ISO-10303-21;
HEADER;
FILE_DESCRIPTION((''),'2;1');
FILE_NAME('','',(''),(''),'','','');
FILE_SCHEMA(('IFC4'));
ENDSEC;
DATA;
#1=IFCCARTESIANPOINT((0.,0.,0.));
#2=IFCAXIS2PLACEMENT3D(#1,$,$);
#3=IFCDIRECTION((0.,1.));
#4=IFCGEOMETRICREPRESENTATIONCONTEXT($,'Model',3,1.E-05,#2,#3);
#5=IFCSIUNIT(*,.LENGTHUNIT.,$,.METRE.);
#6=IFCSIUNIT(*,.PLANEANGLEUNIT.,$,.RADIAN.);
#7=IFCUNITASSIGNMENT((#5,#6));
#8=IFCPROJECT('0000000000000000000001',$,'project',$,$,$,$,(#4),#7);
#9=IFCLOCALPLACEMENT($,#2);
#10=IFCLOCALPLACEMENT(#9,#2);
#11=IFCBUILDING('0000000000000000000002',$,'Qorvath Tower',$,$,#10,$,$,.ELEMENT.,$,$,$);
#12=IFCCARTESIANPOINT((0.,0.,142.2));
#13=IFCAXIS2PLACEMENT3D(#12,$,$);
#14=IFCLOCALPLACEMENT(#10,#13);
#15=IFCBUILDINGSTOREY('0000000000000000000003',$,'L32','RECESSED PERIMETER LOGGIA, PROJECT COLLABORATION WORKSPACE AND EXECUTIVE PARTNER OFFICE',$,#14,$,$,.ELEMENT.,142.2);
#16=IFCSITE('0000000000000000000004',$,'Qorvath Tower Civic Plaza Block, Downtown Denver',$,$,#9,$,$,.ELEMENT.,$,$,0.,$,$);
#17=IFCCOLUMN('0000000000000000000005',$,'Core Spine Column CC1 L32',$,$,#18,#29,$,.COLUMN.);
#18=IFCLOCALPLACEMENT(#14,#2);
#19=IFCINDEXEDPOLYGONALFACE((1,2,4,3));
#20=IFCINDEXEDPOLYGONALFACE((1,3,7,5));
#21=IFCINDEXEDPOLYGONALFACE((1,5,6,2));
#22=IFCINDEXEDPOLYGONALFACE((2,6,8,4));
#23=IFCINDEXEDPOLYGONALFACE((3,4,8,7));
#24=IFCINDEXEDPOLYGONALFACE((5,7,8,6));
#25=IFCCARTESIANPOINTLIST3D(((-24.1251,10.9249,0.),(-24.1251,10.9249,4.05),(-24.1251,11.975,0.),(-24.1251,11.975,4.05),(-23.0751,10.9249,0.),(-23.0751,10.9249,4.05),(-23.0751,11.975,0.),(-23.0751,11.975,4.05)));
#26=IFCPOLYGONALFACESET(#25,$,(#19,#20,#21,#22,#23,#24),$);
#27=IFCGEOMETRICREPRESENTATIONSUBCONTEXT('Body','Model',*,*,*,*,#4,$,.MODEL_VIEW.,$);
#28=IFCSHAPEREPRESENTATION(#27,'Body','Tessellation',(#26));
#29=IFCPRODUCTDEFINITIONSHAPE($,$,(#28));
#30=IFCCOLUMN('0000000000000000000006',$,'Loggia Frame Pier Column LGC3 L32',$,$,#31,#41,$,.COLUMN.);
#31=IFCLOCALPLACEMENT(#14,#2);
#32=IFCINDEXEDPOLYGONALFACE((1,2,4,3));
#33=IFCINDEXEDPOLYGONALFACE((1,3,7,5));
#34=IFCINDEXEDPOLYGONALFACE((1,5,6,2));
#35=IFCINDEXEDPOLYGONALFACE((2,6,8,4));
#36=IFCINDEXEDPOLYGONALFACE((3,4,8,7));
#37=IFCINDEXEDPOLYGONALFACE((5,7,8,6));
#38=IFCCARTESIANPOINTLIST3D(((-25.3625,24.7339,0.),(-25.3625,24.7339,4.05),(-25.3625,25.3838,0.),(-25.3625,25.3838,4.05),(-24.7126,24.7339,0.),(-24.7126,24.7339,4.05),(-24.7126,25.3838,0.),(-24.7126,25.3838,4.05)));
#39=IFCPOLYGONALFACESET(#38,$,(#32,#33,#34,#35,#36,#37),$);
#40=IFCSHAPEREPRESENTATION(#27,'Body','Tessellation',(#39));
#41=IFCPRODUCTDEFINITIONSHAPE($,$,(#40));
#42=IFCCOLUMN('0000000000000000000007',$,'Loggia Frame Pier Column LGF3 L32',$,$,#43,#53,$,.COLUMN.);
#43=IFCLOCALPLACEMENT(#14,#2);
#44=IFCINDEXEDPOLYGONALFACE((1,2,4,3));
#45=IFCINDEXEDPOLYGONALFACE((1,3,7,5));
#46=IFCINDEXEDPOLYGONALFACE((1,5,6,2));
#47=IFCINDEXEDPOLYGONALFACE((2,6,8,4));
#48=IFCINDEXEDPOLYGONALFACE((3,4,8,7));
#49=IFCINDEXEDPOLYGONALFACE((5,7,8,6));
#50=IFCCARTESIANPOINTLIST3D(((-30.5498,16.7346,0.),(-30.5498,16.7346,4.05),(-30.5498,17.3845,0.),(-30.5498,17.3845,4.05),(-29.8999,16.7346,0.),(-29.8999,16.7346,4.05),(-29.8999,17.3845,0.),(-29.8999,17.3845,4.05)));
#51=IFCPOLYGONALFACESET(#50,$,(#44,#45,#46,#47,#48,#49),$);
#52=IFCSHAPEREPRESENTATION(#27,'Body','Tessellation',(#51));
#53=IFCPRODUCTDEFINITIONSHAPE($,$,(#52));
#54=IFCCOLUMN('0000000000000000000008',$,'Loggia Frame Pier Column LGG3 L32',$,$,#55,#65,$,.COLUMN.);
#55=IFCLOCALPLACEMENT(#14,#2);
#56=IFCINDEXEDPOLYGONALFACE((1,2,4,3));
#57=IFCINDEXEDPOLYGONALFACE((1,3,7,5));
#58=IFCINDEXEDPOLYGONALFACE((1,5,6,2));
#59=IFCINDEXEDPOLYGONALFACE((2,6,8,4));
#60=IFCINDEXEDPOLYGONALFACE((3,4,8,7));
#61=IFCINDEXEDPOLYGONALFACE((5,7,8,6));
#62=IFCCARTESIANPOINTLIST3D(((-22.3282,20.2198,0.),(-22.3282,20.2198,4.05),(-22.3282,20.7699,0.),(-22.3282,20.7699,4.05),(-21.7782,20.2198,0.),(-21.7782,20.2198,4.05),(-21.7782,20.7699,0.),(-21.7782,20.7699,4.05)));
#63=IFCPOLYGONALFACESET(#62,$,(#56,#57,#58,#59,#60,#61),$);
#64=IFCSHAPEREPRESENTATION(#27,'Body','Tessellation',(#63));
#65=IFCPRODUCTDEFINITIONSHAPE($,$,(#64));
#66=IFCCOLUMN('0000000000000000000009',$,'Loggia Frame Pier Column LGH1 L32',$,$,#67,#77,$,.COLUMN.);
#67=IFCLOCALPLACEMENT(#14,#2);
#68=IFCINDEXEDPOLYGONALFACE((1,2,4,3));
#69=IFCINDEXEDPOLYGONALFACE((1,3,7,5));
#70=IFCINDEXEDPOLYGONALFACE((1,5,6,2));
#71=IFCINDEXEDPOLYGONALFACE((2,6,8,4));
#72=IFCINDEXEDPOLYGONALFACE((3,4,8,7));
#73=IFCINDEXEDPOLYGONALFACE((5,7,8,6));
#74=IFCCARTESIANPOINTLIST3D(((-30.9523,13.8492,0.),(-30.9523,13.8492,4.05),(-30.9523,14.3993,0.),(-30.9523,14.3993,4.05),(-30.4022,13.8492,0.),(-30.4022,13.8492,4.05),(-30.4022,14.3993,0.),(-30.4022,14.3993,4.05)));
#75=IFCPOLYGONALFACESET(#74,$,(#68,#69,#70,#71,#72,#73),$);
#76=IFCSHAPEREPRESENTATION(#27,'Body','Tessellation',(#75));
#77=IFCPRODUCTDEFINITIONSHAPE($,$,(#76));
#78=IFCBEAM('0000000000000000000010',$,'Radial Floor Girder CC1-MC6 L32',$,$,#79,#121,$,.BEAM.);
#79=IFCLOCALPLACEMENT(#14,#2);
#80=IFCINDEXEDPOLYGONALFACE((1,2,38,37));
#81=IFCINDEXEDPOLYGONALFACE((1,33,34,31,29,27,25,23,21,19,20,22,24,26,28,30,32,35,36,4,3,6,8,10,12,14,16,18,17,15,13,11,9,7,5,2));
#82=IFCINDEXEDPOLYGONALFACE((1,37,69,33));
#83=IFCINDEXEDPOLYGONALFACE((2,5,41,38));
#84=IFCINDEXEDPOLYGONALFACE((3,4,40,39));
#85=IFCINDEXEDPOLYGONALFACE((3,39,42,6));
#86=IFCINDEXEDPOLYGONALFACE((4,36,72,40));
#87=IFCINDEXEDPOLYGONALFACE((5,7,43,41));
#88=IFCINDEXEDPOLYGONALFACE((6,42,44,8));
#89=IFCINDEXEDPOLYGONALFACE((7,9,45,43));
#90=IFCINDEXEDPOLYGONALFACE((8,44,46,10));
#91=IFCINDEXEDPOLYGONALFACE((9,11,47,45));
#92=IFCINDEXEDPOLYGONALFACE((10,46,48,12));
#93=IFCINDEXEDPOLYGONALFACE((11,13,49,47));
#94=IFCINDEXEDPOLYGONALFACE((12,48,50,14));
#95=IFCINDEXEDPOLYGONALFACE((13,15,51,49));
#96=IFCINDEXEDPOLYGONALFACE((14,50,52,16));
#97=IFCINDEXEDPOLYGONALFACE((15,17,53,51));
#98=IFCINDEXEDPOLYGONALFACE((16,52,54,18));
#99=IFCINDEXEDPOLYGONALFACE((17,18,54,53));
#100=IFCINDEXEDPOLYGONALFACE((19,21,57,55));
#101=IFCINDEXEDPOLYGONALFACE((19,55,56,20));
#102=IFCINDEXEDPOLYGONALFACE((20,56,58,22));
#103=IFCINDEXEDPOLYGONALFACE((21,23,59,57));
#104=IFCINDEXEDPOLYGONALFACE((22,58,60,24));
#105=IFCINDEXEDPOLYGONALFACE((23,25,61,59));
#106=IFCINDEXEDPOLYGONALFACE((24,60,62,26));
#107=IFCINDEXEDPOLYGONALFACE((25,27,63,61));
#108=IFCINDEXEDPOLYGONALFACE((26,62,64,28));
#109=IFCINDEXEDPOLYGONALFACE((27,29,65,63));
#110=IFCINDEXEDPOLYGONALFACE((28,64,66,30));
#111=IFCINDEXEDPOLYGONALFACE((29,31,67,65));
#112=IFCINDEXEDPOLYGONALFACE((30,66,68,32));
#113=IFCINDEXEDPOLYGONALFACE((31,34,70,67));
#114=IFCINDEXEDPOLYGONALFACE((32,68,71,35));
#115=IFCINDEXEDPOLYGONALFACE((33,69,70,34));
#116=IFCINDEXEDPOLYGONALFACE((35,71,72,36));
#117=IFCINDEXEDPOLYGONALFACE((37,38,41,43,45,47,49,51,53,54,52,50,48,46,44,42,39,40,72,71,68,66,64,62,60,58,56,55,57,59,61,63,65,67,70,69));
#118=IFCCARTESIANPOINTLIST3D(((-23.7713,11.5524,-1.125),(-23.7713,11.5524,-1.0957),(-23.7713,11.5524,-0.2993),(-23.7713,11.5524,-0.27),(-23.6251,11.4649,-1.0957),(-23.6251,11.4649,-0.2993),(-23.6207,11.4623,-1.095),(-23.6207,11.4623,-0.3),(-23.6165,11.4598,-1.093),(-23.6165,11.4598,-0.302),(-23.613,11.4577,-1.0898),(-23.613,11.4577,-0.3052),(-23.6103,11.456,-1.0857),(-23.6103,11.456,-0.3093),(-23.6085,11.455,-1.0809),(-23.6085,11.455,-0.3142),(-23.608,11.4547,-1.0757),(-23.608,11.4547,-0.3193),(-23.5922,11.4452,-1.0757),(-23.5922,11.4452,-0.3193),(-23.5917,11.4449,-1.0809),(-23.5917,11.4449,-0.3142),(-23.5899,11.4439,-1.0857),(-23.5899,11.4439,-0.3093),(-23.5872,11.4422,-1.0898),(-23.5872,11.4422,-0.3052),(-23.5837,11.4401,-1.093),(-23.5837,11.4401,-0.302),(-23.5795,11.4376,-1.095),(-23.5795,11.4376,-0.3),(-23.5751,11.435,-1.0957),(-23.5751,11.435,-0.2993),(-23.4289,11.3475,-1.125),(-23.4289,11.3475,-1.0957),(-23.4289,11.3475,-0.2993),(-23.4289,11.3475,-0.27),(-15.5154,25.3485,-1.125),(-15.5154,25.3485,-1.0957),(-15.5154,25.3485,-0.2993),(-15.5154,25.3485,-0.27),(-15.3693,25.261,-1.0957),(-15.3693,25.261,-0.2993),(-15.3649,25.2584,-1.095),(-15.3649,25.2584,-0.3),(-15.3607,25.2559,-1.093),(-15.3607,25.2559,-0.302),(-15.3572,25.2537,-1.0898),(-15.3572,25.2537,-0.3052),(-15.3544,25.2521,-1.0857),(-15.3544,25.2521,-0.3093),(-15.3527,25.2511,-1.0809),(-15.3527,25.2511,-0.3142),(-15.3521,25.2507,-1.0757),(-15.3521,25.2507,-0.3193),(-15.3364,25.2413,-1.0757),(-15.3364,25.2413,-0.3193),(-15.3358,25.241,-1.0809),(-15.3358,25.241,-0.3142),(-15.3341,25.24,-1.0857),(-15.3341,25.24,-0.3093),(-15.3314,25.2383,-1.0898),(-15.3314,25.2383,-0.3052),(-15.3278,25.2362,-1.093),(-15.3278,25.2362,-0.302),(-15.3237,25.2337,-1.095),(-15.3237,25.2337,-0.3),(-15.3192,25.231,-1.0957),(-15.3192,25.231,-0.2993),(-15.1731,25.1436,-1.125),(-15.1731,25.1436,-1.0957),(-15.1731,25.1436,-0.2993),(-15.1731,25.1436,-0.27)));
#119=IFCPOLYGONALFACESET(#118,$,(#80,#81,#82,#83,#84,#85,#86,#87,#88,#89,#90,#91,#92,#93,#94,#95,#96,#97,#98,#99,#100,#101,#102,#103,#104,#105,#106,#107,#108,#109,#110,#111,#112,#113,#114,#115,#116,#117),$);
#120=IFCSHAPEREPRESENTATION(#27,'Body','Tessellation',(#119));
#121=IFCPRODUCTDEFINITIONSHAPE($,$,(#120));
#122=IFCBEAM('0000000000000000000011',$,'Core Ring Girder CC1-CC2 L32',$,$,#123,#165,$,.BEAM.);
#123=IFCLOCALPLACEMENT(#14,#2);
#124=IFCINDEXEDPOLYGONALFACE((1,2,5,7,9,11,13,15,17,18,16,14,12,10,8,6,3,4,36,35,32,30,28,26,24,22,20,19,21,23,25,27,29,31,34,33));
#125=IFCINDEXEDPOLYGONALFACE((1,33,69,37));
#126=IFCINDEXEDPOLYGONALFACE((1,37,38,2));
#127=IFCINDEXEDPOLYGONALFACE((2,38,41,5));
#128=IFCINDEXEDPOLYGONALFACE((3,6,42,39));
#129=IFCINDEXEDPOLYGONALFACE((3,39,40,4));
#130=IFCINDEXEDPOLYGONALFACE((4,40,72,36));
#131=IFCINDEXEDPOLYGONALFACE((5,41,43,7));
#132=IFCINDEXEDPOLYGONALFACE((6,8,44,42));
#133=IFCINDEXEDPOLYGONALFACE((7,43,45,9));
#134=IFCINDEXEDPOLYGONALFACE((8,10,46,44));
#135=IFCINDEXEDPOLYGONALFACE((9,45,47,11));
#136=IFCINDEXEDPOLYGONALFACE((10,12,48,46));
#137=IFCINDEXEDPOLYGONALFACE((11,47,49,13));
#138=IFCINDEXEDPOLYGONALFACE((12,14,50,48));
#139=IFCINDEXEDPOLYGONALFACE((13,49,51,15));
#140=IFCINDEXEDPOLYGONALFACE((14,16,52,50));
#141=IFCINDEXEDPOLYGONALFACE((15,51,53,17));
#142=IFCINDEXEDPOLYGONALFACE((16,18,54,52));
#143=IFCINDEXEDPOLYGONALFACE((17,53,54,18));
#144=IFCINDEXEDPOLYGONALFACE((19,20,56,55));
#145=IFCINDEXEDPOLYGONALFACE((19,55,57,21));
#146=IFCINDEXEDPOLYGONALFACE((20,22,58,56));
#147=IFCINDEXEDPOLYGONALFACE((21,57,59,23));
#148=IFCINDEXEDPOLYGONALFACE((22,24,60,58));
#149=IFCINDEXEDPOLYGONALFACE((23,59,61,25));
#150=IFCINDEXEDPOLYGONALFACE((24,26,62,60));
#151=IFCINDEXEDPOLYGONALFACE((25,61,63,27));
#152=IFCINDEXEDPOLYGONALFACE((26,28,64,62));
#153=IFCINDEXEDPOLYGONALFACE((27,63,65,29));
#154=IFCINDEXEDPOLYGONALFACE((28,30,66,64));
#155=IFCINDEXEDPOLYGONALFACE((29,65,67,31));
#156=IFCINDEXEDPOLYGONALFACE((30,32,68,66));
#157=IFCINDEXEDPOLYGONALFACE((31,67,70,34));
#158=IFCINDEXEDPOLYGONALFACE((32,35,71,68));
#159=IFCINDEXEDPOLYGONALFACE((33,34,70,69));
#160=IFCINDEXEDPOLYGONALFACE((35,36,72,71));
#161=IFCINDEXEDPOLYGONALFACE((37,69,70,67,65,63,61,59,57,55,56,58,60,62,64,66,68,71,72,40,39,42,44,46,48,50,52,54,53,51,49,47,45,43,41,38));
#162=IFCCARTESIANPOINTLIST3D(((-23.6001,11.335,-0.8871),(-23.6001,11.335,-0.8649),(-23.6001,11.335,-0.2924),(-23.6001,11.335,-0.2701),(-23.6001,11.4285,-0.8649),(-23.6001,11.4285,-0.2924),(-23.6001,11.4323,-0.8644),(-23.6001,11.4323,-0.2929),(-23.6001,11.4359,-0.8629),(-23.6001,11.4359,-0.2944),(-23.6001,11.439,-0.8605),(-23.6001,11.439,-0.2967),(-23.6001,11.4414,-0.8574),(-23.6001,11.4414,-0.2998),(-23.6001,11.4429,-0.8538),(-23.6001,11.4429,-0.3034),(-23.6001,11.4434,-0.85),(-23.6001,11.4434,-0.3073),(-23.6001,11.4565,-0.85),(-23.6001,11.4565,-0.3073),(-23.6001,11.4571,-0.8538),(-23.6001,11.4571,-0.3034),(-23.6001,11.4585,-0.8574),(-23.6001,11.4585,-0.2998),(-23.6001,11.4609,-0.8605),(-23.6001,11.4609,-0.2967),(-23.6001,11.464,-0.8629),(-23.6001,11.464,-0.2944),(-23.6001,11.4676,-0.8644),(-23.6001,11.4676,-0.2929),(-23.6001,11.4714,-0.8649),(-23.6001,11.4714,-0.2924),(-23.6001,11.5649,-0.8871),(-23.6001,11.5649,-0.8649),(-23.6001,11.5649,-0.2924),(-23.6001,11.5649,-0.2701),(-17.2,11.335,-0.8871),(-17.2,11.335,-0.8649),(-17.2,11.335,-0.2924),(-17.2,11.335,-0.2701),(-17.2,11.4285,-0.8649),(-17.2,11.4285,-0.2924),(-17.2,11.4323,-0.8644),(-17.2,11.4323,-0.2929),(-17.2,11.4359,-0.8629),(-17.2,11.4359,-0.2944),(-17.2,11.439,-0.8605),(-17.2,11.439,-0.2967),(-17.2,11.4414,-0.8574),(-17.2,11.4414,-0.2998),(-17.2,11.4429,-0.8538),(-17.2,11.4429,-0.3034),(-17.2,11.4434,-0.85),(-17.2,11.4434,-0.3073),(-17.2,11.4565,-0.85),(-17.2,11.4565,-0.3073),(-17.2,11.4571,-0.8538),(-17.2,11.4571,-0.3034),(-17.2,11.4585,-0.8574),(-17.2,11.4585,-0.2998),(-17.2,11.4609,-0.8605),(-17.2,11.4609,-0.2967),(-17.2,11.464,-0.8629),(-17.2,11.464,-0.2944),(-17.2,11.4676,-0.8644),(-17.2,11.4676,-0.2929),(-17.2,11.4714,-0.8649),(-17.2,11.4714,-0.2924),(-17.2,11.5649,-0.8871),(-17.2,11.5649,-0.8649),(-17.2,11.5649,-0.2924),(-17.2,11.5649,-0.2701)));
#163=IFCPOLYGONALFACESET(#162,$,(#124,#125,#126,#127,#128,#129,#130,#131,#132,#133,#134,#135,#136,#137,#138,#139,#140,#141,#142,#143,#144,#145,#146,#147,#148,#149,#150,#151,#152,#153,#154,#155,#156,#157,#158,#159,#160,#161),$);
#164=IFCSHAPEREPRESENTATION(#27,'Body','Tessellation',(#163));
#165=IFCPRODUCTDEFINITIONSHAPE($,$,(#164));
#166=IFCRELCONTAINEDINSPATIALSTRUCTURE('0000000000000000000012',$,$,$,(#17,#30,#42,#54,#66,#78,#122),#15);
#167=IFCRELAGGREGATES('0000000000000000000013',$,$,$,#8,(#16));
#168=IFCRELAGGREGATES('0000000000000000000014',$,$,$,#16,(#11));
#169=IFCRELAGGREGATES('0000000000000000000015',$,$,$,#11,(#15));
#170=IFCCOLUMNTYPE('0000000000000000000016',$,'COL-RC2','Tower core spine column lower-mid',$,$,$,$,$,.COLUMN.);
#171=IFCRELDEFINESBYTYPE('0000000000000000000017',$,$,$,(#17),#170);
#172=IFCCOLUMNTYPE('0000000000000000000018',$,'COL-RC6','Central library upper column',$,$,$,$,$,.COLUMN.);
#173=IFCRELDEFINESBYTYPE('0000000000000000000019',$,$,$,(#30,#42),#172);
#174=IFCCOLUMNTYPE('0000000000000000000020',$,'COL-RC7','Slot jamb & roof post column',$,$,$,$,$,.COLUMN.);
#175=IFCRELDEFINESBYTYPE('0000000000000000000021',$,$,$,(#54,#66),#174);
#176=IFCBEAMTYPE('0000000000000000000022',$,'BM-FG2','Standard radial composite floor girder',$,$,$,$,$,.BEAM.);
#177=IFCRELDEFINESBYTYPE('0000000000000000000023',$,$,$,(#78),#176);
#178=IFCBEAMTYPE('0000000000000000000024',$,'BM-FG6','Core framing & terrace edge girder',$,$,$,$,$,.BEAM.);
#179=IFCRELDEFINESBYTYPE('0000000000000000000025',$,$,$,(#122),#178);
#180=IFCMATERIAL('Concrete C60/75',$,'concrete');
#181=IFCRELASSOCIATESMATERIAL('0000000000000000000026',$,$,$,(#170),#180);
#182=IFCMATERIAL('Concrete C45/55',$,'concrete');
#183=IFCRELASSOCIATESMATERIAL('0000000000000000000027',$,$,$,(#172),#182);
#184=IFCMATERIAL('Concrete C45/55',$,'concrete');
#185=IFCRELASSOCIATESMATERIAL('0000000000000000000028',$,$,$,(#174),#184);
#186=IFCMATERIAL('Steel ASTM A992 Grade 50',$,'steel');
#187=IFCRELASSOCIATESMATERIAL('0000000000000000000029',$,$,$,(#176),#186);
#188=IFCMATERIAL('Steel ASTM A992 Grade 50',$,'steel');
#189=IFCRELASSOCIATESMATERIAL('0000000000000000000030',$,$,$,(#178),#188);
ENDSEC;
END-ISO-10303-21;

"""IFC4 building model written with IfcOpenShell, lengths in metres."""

from ifc_helpers import new_model, si_unit, direction, frame, origin, origin_2d, place, context, subcontext, project, spatial, rectangle, i_section, extrude, material, material_profile, profile_set, type_object, element, save


model = new_model("IFC4")

# Units and contexts
model_context = context("Model", 3, precision=1e-05, world=origin(), true_north=direction((0.0, 1.0)))
body_context = subcontext(model_context, "Body", "Model", "MODEL_VIEW")
ifc_project = project(units=[si_unit("LENGTHUNIT", "METRE"), si_unit("PLANEANGLEUNIT", "RADIAN")], contexts=[model_context])

# Site, building, storey
site_placement = place(None, origin())
site = spatial("IfcSite", under=ifc_project, at=site_placement, Name="Qorvath Tower Civic Plaza Block, Downtown Denver", CompositionType="ELEMENT", RefElevation=0.0)
building_placement = place(site_placement, origin())
building = spatial("IfcBuilding", under=site, at=building_placement, Name="Qorvath Tower", CompositionType="ELEMENT")
storey_placement = place(building_placement, frame((0.0, 0.0, 142.2)))
storey = spatial("IfcBuildingStorey", under=building, at=storey_placement, Name="L32", Description="RECESSED PERIMETER LOGGIA, PROJECT COLLABORATION WORKSPACE AND EXECUTIVE PARTNER OFFICE", CompositionType="ELEMENT", Elevation=142.2)

# Columns
ifc_material_1 = material(Name="Concrete C60/75", Category="concrete")
ifc_material_profile_1 = material_profile(ifc_material_1, rectangle(XDim=1.05, YDim=1.05, at=origin_2d()), Name="RC 1050x1050")
ifc_profile_set_1 = profile_set([ifc_material_profile_1], Name="Concrete C60/75")
column_type_1 = type_object("IfcColumnType", Name="COL-RC2", Description="Tower core spine column lower-mid", PredefinedType="COLUMN", material=ifc_profile_set_1)
column_placement = place(storey_placement, frame((-23.6001, 11.45, 0.0), z_axis=(0.0, 0.0, 1.0), x_axis=(1.0, 0.0, 0.0)))
element("IfcColumn", 1, at=column_placement, inside=storey, type_object=column_type_1, Name="Core Spine Column CC1 L32", PredefinedType="COLUMN", context=body_context, shape_type="SweptSolid", body=[
    extrude(rectangle(XDim=1.05, YDim=1.05, at=origin_2d()), origin(), (0.0, 0.0, 1.0), 4.05),
])
ifc_material_2 = material(Name="Concrete C45/55", Category="concrete")
ifc_material_profile_2 = material_profile(ifc_material_2, rectangle(XDim=0.6499, YDim=0.6499, at=origin_2d()), Name="RC 650x650")
ifc_profile_set_2 = profile_set([ifc_material_profile_2], Name="Concrete C45/55")
column_type_2 = type_object("IfcColumnType", Name="COL-RC6", Description="Central library upper column", PredefinedType="COLUMN", material=ifc_profile_set_2)
for number, where, z_axis, x_axis, name in (
    (2, (-25.0376, 25.0588, 0.0), (0.0, 0.0, 1.0), (1.0, 0.0, 0.0), "Loggia Frame Pier Column LGC3 L32"),
    (3, (-30.2249, 17.0596, 0.0), (0.0, 0.0, 1.0), (1.0, 0.0, 0.0), "Loggia Frame Pier Column LGF3 L32"),
):
    element("IfcColumn", number, at=place(storey_placement, frame(where, z_axis=z_axis, x_axis=x_axis)), inside=storey, type_object=column_type_2, Name=name, PredefinedType="COLUMN", context=body_context, shape_type="SweptSolid", body=[
        extrude(rectangle(XDim=0.6499, YDim=0.6499, at=origin_2d()), origin(), (0.0, 0.0, 1.0), 4.05),
    ])
ifc_material_3 = material(Name="Concrete C45/55", Category="concrete")
ifc_material_profile_3 = material_profile(ifc_material_3, rectangle(XDim=0.55, YDim=0.55, at=origin_2d()), Name="RC 550x550")
ifc_profile_set_3 = profile_set([ifc_material_profile_3], Name="Concrete C45/55")
column_type_3 = type_object("IfcColumnType", Name="COL-RC7", Description="Slot jamb & roof post column", PredefinedType="COLUMN", material=ifc_profile_set_3)
for number, where, z_axis, x_axis, name in (
    (4, (-22.0532, 20.4949, 0.0), (0.0, 0.0, 1.0), (1.0, 0.0, 0.0), "Loggia Frame Pier Column LGG3 L32"),
    (5, (-30.6772, 14.1243, 0.0), (0.0, 0.0, 1.0), (1.0, 0.0, 0.0), "Loggia Frame Pier Column LGH1 L32"),
):
    element("IfcColumn", number, at=place(storey_placement, frame(where, z_axis=z_axis, x_axis=x_axis)), inside=storey, type_object=column_type_3, Name=name, PredefinedType="COLUMN", context=body_context, shape_type="SweptSolid", body=[
        extrude(rectangle(XDim=0.55, YDim=0.55, at=origin_2d()), origin(), (0.0, 0.0, 1.0), 4.05),
    ])

# Beams
ifc_material_4 = material(Name="Steel ASTM A992 Grade 50", Category="steel")
ifc_material_profile_4 = material_profile(ifc_material_4, i_section(OverallWidth=0.3989, OverallDepth=0.855, WebThickness=0.0183, FlangeThickness=0.0293, FilletRadius=0.02, at=origin_2d()), Name="W33x201")
ifc_profile_set_4 = profile_set([ifc_material_profile_4], Name="Steel ASTM A992 Grade 50")
beam_type_1 = type_object("IfcBeamType", Name="BM-FG2", Description="Standard radial composite floor girder", PredefinedType="BEAM", material=ifc_profile_set_4)
beam_1_placement = place(storey_placement, frame((-23.6001, 11.45, -0.6975), z_axis=(0.513497, 0.858091, 0.0), x_axis=(-0.858091, 0.513497, 0.0)))
element("IfcBeam", 6, at=beam_1_placement, inside=storey, type_object=beam_type_1, Name="Radial Floor Girder CC1-MC6 L32", PredefinedType="BEAM", context=body_context, shape_type="SweptSolid", body=[
    extrude(i_section(OverallWidth=0.3989, OverallDepth=0.855, WebThickness=0.0183, FlangeThickness=0.0293, FilletRadius=0.02, at=origin_2d()), origin(), (0.0, 0.0, 1.0), 16.0776),
])
ifc_material_5 = material(Name="Steel ASTM A992 Grade 50", Category="steel")
ifc_material_profile_5 = material_profile(ifc_material_5, i_section(OverallWidth=0.23, OverallDepth=0.6169, WebThickness=0.0132, FlangeThickness=0.0222, FilletRadius=0.0149, at=origin_2d()), Name="W24x94")
ifc_profile_set_5 = profile_set([ifc_material_profile_5], Name="Steel ASTM A992 Grade 50")
beam_type_2 = type_object("IfcBeamType", Name="BM-FG6", Description="Core framing & terrace edge girder", PredefinedType="BEAM", material=ifc_profile_set_5)
beam_2_placement = place(storey_placement, frame((-23.6001, 11.45, -0.5786), z_axis=(1.0, 0.0, 0.0), x_axis=(0.0, 1.0, 0.0)))
element("IfcBeam", 7, at=beam_2_placement, inside=storey, type_object=beam_type_2, Name="Core Ring Girder CC1-CC2 L32", PredefinedType="BEAM", context=body_context, shape_type="SweptSolid", body=[
    extrude(i_section(OverallWidth=0.23, OverallDepth=0.6169, WebThickness=0.0132, FlangeThickness=0.0222, FilletRadius=0.0149, at=origin_2d()), origin(), (0.0, 0.0, 1.0), 6.4001),
])

save(model, "model.ifc")
